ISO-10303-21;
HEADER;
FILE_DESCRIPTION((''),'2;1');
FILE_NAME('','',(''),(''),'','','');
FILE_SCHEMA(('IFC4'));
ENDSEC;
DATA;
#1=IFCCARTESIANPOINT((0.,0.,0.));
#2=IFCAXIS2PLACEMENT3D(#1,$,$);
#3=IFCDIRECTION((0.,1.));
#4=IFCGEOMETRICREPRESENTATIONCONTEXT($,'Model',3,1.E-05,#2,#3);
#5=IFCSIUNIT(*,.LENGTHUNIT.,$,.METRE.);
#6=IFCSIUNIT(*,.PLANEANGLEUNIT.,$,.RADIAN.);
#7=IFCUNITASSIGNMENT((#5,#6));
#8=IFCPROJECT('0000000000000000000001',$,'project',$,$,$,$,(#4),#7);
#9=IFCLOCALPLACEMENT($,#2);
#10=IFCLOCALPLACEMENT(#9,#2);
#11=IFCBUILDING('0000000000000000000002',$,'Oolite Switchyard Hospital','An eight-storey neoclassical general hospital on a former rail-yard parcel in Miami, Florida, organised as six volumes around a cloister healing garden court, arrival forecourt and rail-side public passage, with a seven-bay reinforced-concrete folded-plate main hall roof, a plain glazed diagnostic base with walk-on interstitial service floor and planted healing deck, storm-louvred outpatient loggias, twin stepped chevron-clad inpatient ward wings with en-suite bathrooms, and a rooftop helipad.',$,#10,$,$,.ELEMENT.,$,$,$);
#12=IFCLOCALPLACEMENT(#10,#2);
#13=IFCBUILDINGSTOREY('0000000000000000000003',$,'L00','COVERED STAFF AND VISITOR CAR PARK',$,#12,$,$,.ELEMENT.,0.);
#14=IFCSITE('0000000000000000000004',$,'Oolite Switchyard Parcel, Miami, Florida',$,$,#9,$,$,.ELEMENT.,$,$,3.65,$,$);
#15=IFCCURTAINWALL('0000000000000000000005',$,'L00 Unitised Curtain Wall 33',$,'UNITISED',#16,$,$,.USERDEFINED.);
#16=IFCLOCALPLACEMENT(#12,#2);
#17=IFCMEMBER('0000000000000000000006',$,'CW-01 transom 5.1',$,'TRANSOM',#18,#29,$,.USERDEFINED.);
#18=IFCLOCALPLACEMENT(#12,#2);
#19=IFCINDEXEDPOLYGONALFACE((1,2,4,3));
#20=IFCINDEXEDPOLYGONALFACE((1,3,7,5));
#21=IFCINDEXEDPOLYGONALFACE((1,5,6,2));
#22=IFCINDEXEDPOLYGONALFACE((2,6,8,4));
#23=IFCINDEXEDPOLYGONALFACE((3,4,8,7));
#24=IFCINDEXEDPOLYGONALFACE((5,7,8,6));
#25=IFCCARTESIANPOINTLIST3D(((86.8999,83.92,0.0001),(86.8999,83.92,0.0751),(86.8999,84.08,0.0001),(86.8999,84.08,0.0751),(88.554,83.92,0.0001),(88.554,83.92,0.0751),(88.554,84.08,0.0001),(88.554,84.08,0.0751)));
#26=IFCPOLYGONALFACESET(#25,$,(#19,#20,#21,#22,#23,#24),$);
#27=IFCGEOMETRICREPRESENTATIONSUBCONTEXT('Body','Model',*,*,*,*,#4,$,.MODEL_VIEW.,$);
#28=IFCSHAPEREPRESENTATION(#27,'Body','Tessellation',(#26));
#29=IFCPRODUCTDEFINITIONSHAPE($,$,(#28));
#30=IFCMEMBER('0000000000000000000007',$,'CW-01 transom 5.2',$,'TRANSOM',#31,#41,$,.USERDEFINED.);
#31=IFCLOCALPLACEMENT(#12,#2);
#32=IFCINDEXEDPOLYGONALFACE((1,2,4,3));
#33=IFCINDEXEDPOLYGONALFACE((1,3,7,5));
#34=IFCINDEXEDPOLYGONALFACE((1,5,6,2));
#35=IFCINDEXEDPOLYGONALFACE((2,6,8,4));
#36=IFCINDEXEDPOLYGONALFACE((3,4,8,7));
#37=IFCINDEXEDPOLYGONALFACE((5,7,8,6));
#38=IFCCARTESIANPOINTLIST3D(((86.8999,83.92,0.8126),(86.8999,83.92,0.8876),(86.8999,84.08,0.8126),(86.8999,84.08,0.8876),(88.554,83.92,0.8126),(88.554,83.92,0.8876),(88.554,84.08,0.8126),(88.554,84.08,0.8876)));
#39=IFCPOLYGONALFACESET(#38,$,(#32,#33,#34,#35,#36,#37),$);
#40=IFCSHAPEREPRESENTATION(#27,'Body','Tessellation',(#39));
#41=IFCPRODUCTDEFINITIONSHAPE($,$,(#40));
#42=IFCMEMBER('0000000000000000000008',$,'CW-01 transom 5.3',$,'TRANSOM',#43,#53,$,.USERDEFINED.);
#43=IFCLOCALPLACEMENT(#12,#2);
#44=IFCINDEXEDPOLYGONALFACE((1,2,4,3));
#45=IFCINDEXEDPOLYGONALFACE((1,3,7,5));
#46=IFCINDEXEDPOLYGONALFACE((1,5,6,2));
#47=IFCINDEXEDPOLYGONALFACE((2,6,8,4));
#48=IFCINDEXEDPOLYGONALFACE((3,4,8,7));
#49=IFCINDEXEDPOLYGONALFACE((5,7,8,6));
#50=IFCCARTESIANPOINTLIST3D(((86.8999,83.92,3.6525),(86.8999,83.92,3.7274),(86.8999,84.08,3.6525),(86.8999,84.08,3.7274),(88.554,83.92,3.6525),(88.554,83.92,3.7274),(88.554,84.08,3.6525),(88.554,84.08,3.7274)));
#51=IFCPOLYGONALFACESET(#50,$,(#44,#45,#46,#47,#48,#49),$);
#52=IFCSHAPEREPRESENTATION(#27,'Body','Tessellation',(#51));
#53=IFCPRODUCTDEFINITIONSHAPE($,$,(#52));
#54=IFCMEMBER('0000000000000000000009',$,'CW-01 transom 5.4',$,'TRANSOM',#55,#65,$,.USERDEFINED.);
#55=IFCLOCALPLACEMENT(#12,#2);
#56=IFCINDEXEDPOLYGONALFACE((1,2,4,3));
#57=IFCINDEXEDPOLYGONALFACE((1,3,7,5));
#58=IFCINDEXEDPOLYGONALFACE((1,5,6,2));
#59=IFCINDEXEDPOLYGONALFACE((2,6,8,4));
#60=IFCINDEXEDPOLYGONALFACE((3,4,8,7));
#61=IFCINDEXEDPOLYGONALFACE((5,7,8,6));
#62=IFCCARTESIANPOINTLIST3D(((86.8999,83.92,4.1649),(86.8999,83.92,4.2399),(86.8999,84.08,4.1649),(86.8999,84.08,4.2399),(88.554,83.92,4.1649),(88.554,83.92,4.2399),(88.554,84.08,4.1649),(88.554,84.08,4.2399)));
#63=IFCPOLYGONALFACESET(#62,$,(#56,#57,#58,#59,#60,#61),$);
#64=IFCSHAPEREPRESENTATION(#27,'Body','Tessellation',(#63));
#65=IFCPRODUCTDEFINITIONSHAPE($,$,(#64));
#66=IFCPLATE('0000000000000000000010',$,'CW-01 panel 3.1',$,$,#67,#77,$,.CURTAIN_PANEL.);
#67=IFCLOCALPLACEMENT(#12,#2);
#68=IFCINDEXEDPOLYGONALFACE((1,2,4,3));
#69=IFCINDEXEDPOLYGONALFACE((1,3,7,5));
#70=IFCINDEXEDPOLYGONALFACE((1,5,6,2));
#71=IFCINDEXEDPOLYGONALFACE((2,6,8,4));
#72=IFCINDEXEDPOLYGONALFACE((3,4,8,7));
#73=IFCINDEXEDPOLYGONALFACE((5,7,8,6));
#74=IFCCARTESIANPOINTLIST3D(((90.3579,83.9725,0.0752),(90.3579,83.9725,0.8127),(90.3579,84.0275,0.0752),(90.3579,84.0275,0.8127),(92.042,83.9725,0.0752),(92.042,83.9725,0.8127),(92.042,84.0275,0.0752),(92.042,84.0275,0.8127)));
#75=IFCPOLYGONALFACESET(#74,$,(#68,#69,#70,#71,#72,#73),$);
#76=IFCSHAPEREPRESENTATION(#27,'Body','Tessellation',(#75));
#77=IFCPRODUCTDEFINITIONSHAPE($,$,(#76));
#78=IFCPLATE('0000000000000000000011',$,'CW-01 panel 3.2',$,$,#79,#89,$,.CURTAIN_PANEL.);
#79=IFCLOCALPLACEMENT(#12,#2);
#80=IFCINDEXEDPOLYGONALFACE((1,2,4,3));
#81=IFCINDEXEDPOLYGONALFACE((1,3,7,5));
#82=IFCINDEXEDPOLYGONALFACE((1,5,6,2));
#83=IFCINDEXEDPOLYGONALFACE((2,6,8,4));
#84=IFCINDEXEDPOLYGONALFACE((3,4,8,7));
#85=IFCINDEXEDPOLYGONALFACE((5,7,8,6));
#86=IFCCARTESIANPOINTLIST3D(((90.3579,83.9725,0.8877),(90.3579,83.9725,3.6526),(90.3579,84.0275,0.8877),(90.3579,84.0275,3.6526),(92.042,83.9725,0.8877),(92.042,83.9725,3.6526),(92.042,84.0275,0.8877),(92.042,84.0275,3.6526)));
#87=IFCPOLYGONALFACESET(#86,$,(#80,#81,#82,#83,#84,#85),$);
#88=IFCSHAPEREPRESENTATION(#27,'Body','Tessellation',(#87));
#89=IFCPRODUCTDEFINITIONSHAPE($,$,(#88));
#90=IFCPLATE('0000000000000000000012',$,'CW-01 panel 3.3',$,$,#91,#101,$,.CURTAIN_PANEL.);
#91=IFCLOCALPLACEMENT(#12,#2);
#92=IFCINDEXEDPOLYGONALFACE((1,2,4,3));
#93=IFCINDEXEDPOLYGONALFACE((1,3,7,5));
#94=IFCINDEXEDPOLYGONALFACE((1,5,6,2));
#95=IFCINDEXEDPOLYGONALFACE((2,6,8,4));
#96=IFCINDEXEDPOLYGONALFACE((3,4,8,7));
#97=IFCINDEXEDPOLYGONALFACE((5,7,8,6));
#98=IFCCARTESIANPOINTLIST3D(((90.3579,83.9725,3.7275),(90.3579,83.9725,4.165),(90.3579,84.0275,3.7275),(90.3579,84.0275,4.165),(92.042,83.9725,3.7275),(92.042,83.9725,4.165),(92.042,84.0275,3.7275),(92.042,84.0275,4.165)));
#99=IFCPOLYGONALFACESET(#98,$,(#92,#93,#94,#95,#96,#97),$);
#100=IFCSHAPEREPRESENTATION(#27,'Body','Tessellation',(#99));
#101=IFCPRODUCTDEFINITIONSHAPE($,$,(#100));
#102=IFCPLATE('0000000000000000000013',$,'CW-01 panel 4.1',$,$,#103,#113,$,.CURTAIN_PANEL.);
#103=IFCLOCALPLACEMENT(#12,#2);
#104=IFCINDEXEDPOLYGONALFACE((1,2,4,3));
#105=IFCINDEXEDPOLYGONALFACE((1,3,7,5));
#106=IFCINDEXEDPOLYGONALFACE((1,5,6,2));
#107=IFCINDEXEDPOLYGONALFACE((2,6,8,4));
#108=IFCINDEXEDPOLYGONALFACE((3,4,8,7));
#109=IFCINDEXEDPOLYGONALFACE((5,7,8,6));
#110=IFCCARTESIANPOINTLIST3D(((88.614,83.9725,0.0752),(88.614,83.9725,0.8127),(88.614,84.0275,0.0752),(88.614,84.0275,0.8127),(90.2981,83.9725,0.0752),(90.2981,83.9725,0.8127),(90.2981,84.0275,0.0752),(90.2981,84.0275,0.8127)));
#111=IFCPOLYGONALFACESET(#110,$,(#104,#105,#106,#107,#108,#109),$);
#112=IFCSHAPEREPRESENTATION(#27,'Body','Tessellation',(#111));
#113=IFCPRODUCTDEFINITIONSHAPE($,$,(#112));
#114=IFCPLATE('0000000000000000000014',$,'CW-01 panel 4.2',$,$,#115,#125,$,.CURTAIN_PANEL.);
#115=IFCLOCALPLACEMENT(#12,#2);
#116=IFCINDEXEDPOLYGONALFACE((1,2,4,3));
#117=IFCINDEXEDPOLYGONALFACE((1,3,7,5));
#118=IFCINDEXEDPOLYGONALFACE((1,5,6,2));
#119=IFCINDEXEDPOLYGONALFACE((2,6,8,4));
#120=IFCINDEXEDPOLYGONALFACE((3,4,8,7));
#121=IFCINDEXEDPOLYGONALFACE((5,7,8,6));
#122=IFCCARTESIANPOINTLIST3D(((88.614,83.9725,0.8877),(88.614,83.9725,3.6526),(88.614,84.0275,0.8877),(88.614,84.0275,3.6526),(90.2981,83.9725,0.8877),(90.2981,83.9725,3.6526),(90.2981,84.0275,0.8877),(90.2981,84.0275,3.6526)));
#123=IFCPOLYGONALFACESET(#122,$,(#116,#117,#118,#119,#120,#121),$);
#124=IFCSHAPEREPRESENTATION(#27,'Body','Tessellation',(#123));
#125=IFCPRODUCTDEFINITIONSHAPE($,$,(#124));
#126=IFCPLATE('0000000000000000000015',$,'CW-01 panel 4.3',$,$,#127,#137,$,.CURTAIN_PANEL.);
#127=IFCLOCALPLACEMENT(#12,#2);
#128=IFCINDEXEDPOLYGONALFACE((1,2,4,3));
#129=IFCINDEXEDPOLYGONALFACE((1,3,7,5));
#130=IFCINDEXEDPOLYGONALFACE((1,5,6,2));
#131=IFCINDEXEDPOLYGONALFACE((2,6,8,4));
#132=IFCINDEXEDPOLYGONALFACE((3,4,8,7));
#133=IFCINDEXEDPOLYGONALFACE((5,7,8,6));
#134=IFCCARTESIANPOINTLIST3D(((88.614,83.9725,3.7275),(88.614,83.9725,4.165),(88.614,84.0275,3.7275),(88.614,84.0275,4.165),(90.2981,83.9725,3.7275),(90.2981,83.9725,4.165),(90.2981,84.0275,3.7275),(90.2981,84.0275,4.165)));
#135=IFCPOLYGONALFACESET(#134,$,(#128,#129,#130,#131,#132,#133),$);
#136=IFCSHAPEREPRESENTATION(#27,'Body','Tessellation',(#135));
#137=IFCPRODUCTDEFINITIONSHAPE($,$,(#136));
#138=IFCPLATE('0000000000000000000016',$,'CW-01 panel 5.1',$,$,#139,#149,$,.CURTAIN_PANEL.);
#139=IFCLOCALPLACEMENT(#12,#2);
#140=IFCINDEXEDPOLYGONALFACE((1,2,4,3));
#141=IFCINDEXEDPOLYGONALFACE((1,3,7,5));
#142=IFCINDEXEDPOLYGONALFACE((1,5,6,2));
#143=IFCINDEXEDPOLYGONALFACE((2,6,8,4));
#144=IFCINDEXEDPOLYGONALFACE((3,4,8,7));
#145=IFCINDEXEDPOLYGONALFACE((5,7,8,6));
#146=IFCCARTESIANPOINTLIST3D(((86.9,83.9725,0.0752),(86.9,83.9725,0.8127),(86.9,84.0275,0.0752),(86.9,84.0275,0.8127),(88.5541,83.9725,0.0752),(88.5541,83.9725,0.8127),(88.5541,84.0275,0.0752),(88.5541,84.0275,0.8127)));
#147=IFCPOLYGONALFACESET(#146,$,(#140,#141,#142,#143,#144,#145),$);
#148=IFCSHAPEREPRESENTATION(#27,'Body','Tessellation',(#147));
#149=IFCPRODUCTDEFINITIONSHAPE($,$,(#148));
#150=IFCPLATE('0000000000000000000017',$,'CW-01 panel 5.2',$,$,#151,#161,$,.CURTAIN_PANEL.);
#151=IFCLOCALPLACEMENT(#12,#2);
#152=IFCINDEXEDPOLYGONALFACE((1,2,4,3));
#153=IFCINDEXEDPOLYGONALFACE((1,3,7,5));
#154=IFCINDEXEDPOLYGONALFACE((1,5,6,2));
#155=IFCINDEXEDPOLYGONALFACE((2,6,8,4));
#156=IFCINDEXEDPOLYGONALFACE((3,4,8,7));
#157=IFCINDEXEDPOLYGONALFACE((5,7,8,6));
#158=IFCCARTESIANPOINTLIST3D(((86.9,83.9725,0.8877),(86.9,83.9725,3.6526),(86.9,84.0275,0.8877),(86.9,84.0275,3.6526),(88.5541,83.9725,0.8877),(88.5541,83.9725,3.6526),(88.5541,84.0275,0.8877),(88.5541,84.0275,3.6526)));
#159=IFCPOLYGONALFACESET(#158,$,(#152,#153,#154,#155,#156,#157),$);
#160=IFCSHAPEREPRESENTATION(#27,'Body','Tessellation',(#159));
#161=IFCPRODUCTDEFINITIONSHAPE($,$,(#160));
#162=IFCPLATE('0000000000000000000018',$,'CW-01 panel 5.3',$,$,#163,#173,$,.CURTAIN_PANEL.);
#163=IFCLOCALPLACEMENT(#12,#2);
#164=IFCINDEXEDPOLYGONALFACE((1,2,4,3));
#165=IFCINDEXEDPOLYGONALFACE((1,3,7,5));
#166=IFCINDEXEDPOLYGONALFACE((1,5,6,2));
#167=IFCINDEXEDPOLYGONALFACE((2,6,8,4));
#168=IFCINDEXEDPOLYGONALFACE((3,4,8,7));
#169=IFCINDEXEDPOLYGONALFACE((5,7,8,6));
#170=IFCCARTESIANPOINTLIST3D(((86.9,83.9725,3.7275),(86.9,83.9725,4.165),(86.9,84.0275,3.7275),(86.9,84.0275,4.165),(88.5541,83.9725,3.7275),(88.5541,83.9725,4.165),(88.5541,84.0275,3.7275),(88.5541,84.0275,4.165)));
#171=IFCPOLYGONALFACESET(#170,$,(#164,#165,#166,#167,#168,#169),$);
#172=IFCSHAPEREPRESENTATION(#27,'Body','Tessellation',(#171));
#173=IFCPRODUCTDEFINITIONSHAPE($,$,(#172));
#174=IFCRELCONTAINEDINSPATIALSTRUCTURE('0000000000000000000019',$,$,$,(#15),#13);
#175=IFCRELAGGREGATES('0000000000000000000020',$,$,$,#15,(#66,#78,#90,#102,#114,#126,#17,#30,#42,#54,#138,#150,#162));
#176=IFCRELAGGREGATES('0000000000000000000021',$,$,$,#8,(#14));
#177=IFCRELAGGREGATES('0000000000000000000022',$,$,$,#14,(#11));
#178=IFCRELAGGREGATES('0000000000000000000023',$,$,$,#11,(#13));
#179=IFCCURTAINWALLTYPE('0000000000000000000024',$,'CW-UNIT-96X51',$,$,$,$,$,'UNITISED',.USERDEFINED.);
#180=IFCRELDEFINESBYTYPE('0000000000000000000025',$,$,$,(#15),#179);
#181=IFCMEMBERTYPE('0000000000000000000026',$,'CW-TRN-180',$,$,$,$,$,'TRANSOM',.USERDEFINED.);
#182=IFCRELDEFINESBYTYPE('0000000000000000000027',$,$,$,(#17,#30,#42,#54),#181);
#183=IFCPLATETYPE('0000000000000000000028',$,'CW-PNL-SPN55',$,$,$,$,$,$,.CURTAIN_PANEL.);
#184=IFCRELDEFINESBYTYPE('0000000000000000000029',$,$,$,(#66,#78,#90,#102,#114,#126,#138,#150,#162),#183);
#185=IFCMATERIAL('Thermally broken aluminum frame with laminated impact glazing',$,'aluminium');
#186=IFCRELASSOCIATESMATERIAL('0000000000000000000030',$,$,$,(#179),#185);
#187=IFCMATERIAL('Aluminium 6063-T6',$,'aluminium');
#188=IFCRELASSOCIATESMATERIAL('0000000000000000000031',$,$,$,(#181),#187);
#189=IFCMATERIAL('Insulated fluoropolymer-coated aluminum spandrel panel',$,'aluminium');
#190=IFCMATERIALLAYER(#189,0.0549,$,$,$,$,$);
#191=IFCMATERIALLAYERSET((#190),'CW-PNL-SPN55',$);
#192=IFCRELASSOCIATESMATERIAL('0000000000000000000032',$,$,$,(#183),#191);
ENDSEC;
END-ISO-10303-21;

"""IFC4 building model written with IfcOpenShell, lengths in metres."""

from ifc_helpers import new_model, si_unit, direction, frame, origin, origin_2d, place, context, subcontext, project, spatial, rectangle, extrude, material, layer, layer_set, material_profile, profile_set, type_object, element, aggregate, save


model = new_model("IFC4")

# Units and contexts
model_context = context("Model", 3, precision=1e-05, world=origin(), true_north=direction((0.0, 1.0)))
body_context = subcontext(model_context, "Body", "Model", "MODEL_VIEW")
ifc_project = project(units=[si_unit("LENGTHUNIT", "METRE"), si_unit("PLANEANGLEUNIT", "RADIAN")], contexts=[model_context])

# Site, building, storey
site_placement = place(None, origin())
site = spatial("IfcSite", under=ifc_project, at=site_placement, Name="Oolite Switchyard Parcel, Miami, Florida", CompositionType="ELEMENT", RefElevation=3.65)
building_placement = place(site_placement, origin())
building = spatial("IfcBuilding", under=site, at=building_placement, Name="Oolite Switchyard Hospital", Description="An eight-storey neoclassical general hospital on a former rail-yard parcel in Miami, Florida, organised as six volumes around a cloister healing garden court, arrival forecourt and rail-side public passage, with a seven-bay reinforced-concrete folded-plate main hall roof, a plain glazed diagnostic base with walk-on interstitial service floor and planted healing deck, storm-louvred outpatient loggias, twin stepped chevron-clad inpatient ward wings with en-suite bathrooms, and a rooftop helipad.", CompositionType="ELEMENT")
storey_placement = place(building_placement, origin())
storey = spatial("IfcBuildingStorey", under=building, at=storey_placement, Name="L00", Description="COVERED STAFF AND VISITOR CAR PARK", CompositionType="ELEMENT", Elevation=0.0)

# Curtain wall, members, plates
ifc_material_1 = material(Name="Thermally broken aluminum frame with laminated impact glazing", Category="aluminium")
curtain_wall_type = type_object("IfcCurtainWallType", Name="CW-UNIT-96X51", ElementType="UNITISED", PredefinedType="USERDEFINED", material=ifc_material_1)
curtain_wall_placement = place(storey_placement, origin())
curtain_wall = element("IfcCurtainWall", 1, at=curtain_wall_placement, inside=storey, type_object=curtain_wall_type, Name="L00 Unitised Curtain Wall 33", ObjectType="UNITISED", PredefinedType="USERDEFINED")
ifc_material_2 = material(Name="Aluminium 6063-T6", Category="aluminium")
ifc_material_profile_1 = material_profile(ifc_material_2, rectangle(XDim=0.1599, YDim=0.075, at=origin_2d()), Name="CWT75X160")
ifc_profile_set_1 = profile_set([ifc_material_profile_1], Name="Aluminium 6063-T6")
member_type_1 = type_object("IfcMemberType", Name="CW-TRN-180", ElementType="TRANSOM", PredefinedType="USERDEFINED", material=ifc_profile_set_1)
member_1_placement = place(storey_placement, frame((88.554, 84.0, 0.0376), z_axis=(-1.0, 0.0, 0.0), x_axis=(0.0, -1.0, 0.0)))
member_1 = element("IfcMember", 2, at=member_1_placement, type_object=member_type_1, Name="CW-01 transom 5.1", ObjectType="TRANSOM", PredefinedType="USERDEFINED", context=body_context, shape_type="SweptSolid", body=[
    extrude(rectangle(XDim=0.1599, YDim=0.075, at=origin_2d()), origin(), (0.0, 0.0, 1.0), 1.6541),
])
member_2_placement = place(storey_placement, frame((88.554, 84.0, 0.8501), z_axis=(-1.0, 0.0, 0.0), x_axis=(0.0, -1.0, 0.0)))
member_2 = element("IfcMember", 3, at=member_2_placement, type_object=member_type_1, Name="CW-01 transom 5.2", ObjectType="TRANSOM", PredefinedType="USERDEFINED", context=body_context, shape_type="SweptSolid", body=[
    extrude(rectangle(XDim=0.1599, YDim=0.075, at=origin_2d()), origin(), (0.0, 0.0, 1.0), 1.6541),
])
member_3_placement = place(storey_placement, frame((88.554, 84.0, 3.6899), z_axis=(-1.0, 0.0, 0.0), x_axis=(0.0, -1.0, 0.0)))
member_3 = element("IfcMember", 4, at=member_3_placement, type_object=member_type_1, Name="CW-01 transom 5.3", ObjectType="TRANSOM", PredefinedType="USERDEFINED", context=body_context, shape_type="SweptSolid", body=[
    extrude(rectangle(XDim=0.1599, YDim=0.075, at=origin_2d()), origin(), (0.0, 0.0, 1.0), 1.6541),
])
member_4_placement = place(storey_placement, frame((88.554, 84.0, 4.2024), z_axis=(-1.0, 0.0, 0.0), x_axis=(0.0, -1.0, 0.0)))
member_4 = element("IfcMember", 5, at=member_4_placement, type_object=member_type_1, Name="CW-01 transom 5.4", ObjectType="TRANSOM", PredefinedType="USERDEFINED", context=body_context, shape_type="SweptSolid", body=[
    extrude(rectangle(XDim=0.1599, YDim=0.075, at=origin_2d()), origin(), (0.0, 0.0, 1.0), 1.6541),
])
ifc_material_3 = material(Name="Insulated fluoropolymer-coated aluminum spandrel panel", Category="aluminium")
ifc_layer = layer(ifc_material_3, 0.0549)
ifc_layer_set = layer_set([ifc_layer], Name="CW-PNL-SPN55")
plate_type = type_object("IfcPlateType", Name="CW-PNL-SPN55", PredefinedType="CURTAIN_PANEL", material=ifc_layer_set)
plate_1_placement = place(storey_placement, frame((91.2, 84.0, 0.0752), z_axis=(0.0, 0.0, 1.0), x_axis=(-1.0, 0.0, 0.0)))
plate_1 = element("IfcPlate", 6, at=plate_1_placement, type_object=plate_type, Name="CW-01 panel 3.1", PredefinedType="CURTAIN_PANEL", context=body_context, shape_type="SweptSolid", body=[
    extrude(rectangle(XDim=1.6841, YDim=0.0549, at=origin_2d()), origin(), (0.0, 0.0, 1.0), 0.7375),
])
plate_2_placement = place(storey_placement, frame((91.2, 84.0, 0.8877), z_axis=(0.0, 0.0, 1.0), x_axis=(-1.0, 0.0, 0.0)))
plate_2 = element("IfcPlate", 7, at=plate_2_placement, type_object=plate_type, Name="CW-01 panel 3.2", PredefinedType="CURTAIN_PANEL", context=body_context, shape_type="SweptSolid", body=[
    extrude(rectangle(XDim=1.6841, YDim=0.0549, at=origin_2d()), origin(), (0.0, 0.0, 1.0), 2.7649),
])
plate_3_placement = place(storey_placement, frame((91.2, 84.0, 3.7275), z_axis=(0.0, 0.0, 1.0), x_axis=(-1.0, 0.0, 0.0)))
plate_3 = element("IfcPlate", 8, at=plate_3_placement, type_object=plate_type, Name="CW-01 panel 3.3", PredefinedType="CURTAIN_PANEL", context=body_context, shape_type="SweptSolid", body=[
    extrude(rectangle(XDim=1.6841, YDim=0.0549, at=origin_2d()), origin(), (0.0, 0.0, 1.0), 0.4375),
])
plate_4_placement = place(storey_placement, frame((89.4561, 84.0, 0.0752), z_axis=(0.0, 0.0, 1.0), x_axis=(-1.0, 0.0, 0.0)))
plate_4 = element("IfcPlate", 9, at=plate_4_placement, type_object=plate_type, Name="CW-01 panel 4.1", PredefinedType="CURTAIN_PANEL", context=body_context, shape_type="SweptSolid", body=[
    extrude(rectangle(XDim=1.6841, YDim=0.0549, at=origin_2d()), origin(), (0.0, 0.0, 1.0), 0.7375),
])
plate_5_placement = place(storey_placement, frame((89.4561, 84.0, 0.8877), z_axis=(0.0, 0.0, 1.0), x_axis=(-1.0, 0.0, 0.0)))
plate_5 = element("IfcPlate", 10, at=plate_5_placement, type_object=plate_type, Name="CW-01 panel 4.2", PredefinedType="CURTAIN_PANEL", context=body_context, shape_type="SweptSolid", body=[
    extrude(rectangle(XDim=1.6841, YDim=0.0549, at=origin_2d()), origin(), (0.0, 0.0, 1.0), 2.7649),
])
plate_6_placement = place(storey_placement, frame((89.4561, 84.0, 3.7275), z_axis=(0.0, 0.0, 1.0), x_axis=(-1.0, 0.0, 0.0)))
plate_6 = element("IfcPlate", 11, at=plate_6_placement, type_object=plate_type, Name="CW-01 panel 4.3", PredefinedType="CURTAIN_PANEL", context=body_context, shape_type="SweptSolid", body=[
    extrude(rectangle(XDim=1.6841, YDim=0.0549, at=origin_2d()), origin(), (0.0, 0.0, 1.0), 0.4375),
])
plate_7_placement = place(storey_placement, frame((87.7271, 84.0, 0.0752), z_axis=(0.0, 0.0, 1.0), x_axis=(-1.0, 0.0, 0.0)))
plate_7 = element("IfcPlate", 12, at=plate_7_placement, type_object=plate_type, Name="CW-01 panel 5.1", PredefinedType="CURTAIN_PANEL", context=body_context, shape_type="SweptSolid", body=[
    extrude(rectangle(XDim=1.6541, YDim=0.0549, at=origin_2d()), origin(), (0.0, 0.0, 1.0), 0.7375),
])
plate_8_placement = place(storey_placement, frame((87.7271, 84.0, 0.8877), z_axis=(0.0, 0.0, 1.0), x_axis=(-1.0, 0.0, 0.0)))
plate_8 = element("IfcPlate", 13, at=plate_8_placement, type_object=plate_type, Name="CW-01 panel 5.2", PredefinedType="CURTAIN_PANEL", context=body_context, shape_type="SweptSolid", body=[
    extrude(rectangle(XDim=1.6541, YDim=0.0549, at=origin_2d()), origin(), (0.0, 0.0, 1.0), 2.7649),
])
plate_9_placement = place(storey_placement, frame((87.7271, 84.0, 3.7275), z_axis=(0.0, 0.0, 1.0), x_axis=(-1.0, 0.0, 0.0)))
plate_9 = element("IfcPlate", 14, at=plate_9_placement, type_object=plate_type, Name="CW-01 panel 5.3", PredefinedType="CURTAIN_PANEL", context=body_context, shape_type="SweptSolid", body=[
    extrude(rectangle(XDim=1.6541, YDim=0.0549, at=origin_2d()), origin(), (0.0, 0.0, 1.0), 0.4375),
])
aggregate(curtain_wall, [plate_1, plate_2, plate_3, plate_4, plate_5, plate_6, member_1, member_2, member_3, member_4, plate_7, plate_8, plate_9])

save(model, "model.ifc")
